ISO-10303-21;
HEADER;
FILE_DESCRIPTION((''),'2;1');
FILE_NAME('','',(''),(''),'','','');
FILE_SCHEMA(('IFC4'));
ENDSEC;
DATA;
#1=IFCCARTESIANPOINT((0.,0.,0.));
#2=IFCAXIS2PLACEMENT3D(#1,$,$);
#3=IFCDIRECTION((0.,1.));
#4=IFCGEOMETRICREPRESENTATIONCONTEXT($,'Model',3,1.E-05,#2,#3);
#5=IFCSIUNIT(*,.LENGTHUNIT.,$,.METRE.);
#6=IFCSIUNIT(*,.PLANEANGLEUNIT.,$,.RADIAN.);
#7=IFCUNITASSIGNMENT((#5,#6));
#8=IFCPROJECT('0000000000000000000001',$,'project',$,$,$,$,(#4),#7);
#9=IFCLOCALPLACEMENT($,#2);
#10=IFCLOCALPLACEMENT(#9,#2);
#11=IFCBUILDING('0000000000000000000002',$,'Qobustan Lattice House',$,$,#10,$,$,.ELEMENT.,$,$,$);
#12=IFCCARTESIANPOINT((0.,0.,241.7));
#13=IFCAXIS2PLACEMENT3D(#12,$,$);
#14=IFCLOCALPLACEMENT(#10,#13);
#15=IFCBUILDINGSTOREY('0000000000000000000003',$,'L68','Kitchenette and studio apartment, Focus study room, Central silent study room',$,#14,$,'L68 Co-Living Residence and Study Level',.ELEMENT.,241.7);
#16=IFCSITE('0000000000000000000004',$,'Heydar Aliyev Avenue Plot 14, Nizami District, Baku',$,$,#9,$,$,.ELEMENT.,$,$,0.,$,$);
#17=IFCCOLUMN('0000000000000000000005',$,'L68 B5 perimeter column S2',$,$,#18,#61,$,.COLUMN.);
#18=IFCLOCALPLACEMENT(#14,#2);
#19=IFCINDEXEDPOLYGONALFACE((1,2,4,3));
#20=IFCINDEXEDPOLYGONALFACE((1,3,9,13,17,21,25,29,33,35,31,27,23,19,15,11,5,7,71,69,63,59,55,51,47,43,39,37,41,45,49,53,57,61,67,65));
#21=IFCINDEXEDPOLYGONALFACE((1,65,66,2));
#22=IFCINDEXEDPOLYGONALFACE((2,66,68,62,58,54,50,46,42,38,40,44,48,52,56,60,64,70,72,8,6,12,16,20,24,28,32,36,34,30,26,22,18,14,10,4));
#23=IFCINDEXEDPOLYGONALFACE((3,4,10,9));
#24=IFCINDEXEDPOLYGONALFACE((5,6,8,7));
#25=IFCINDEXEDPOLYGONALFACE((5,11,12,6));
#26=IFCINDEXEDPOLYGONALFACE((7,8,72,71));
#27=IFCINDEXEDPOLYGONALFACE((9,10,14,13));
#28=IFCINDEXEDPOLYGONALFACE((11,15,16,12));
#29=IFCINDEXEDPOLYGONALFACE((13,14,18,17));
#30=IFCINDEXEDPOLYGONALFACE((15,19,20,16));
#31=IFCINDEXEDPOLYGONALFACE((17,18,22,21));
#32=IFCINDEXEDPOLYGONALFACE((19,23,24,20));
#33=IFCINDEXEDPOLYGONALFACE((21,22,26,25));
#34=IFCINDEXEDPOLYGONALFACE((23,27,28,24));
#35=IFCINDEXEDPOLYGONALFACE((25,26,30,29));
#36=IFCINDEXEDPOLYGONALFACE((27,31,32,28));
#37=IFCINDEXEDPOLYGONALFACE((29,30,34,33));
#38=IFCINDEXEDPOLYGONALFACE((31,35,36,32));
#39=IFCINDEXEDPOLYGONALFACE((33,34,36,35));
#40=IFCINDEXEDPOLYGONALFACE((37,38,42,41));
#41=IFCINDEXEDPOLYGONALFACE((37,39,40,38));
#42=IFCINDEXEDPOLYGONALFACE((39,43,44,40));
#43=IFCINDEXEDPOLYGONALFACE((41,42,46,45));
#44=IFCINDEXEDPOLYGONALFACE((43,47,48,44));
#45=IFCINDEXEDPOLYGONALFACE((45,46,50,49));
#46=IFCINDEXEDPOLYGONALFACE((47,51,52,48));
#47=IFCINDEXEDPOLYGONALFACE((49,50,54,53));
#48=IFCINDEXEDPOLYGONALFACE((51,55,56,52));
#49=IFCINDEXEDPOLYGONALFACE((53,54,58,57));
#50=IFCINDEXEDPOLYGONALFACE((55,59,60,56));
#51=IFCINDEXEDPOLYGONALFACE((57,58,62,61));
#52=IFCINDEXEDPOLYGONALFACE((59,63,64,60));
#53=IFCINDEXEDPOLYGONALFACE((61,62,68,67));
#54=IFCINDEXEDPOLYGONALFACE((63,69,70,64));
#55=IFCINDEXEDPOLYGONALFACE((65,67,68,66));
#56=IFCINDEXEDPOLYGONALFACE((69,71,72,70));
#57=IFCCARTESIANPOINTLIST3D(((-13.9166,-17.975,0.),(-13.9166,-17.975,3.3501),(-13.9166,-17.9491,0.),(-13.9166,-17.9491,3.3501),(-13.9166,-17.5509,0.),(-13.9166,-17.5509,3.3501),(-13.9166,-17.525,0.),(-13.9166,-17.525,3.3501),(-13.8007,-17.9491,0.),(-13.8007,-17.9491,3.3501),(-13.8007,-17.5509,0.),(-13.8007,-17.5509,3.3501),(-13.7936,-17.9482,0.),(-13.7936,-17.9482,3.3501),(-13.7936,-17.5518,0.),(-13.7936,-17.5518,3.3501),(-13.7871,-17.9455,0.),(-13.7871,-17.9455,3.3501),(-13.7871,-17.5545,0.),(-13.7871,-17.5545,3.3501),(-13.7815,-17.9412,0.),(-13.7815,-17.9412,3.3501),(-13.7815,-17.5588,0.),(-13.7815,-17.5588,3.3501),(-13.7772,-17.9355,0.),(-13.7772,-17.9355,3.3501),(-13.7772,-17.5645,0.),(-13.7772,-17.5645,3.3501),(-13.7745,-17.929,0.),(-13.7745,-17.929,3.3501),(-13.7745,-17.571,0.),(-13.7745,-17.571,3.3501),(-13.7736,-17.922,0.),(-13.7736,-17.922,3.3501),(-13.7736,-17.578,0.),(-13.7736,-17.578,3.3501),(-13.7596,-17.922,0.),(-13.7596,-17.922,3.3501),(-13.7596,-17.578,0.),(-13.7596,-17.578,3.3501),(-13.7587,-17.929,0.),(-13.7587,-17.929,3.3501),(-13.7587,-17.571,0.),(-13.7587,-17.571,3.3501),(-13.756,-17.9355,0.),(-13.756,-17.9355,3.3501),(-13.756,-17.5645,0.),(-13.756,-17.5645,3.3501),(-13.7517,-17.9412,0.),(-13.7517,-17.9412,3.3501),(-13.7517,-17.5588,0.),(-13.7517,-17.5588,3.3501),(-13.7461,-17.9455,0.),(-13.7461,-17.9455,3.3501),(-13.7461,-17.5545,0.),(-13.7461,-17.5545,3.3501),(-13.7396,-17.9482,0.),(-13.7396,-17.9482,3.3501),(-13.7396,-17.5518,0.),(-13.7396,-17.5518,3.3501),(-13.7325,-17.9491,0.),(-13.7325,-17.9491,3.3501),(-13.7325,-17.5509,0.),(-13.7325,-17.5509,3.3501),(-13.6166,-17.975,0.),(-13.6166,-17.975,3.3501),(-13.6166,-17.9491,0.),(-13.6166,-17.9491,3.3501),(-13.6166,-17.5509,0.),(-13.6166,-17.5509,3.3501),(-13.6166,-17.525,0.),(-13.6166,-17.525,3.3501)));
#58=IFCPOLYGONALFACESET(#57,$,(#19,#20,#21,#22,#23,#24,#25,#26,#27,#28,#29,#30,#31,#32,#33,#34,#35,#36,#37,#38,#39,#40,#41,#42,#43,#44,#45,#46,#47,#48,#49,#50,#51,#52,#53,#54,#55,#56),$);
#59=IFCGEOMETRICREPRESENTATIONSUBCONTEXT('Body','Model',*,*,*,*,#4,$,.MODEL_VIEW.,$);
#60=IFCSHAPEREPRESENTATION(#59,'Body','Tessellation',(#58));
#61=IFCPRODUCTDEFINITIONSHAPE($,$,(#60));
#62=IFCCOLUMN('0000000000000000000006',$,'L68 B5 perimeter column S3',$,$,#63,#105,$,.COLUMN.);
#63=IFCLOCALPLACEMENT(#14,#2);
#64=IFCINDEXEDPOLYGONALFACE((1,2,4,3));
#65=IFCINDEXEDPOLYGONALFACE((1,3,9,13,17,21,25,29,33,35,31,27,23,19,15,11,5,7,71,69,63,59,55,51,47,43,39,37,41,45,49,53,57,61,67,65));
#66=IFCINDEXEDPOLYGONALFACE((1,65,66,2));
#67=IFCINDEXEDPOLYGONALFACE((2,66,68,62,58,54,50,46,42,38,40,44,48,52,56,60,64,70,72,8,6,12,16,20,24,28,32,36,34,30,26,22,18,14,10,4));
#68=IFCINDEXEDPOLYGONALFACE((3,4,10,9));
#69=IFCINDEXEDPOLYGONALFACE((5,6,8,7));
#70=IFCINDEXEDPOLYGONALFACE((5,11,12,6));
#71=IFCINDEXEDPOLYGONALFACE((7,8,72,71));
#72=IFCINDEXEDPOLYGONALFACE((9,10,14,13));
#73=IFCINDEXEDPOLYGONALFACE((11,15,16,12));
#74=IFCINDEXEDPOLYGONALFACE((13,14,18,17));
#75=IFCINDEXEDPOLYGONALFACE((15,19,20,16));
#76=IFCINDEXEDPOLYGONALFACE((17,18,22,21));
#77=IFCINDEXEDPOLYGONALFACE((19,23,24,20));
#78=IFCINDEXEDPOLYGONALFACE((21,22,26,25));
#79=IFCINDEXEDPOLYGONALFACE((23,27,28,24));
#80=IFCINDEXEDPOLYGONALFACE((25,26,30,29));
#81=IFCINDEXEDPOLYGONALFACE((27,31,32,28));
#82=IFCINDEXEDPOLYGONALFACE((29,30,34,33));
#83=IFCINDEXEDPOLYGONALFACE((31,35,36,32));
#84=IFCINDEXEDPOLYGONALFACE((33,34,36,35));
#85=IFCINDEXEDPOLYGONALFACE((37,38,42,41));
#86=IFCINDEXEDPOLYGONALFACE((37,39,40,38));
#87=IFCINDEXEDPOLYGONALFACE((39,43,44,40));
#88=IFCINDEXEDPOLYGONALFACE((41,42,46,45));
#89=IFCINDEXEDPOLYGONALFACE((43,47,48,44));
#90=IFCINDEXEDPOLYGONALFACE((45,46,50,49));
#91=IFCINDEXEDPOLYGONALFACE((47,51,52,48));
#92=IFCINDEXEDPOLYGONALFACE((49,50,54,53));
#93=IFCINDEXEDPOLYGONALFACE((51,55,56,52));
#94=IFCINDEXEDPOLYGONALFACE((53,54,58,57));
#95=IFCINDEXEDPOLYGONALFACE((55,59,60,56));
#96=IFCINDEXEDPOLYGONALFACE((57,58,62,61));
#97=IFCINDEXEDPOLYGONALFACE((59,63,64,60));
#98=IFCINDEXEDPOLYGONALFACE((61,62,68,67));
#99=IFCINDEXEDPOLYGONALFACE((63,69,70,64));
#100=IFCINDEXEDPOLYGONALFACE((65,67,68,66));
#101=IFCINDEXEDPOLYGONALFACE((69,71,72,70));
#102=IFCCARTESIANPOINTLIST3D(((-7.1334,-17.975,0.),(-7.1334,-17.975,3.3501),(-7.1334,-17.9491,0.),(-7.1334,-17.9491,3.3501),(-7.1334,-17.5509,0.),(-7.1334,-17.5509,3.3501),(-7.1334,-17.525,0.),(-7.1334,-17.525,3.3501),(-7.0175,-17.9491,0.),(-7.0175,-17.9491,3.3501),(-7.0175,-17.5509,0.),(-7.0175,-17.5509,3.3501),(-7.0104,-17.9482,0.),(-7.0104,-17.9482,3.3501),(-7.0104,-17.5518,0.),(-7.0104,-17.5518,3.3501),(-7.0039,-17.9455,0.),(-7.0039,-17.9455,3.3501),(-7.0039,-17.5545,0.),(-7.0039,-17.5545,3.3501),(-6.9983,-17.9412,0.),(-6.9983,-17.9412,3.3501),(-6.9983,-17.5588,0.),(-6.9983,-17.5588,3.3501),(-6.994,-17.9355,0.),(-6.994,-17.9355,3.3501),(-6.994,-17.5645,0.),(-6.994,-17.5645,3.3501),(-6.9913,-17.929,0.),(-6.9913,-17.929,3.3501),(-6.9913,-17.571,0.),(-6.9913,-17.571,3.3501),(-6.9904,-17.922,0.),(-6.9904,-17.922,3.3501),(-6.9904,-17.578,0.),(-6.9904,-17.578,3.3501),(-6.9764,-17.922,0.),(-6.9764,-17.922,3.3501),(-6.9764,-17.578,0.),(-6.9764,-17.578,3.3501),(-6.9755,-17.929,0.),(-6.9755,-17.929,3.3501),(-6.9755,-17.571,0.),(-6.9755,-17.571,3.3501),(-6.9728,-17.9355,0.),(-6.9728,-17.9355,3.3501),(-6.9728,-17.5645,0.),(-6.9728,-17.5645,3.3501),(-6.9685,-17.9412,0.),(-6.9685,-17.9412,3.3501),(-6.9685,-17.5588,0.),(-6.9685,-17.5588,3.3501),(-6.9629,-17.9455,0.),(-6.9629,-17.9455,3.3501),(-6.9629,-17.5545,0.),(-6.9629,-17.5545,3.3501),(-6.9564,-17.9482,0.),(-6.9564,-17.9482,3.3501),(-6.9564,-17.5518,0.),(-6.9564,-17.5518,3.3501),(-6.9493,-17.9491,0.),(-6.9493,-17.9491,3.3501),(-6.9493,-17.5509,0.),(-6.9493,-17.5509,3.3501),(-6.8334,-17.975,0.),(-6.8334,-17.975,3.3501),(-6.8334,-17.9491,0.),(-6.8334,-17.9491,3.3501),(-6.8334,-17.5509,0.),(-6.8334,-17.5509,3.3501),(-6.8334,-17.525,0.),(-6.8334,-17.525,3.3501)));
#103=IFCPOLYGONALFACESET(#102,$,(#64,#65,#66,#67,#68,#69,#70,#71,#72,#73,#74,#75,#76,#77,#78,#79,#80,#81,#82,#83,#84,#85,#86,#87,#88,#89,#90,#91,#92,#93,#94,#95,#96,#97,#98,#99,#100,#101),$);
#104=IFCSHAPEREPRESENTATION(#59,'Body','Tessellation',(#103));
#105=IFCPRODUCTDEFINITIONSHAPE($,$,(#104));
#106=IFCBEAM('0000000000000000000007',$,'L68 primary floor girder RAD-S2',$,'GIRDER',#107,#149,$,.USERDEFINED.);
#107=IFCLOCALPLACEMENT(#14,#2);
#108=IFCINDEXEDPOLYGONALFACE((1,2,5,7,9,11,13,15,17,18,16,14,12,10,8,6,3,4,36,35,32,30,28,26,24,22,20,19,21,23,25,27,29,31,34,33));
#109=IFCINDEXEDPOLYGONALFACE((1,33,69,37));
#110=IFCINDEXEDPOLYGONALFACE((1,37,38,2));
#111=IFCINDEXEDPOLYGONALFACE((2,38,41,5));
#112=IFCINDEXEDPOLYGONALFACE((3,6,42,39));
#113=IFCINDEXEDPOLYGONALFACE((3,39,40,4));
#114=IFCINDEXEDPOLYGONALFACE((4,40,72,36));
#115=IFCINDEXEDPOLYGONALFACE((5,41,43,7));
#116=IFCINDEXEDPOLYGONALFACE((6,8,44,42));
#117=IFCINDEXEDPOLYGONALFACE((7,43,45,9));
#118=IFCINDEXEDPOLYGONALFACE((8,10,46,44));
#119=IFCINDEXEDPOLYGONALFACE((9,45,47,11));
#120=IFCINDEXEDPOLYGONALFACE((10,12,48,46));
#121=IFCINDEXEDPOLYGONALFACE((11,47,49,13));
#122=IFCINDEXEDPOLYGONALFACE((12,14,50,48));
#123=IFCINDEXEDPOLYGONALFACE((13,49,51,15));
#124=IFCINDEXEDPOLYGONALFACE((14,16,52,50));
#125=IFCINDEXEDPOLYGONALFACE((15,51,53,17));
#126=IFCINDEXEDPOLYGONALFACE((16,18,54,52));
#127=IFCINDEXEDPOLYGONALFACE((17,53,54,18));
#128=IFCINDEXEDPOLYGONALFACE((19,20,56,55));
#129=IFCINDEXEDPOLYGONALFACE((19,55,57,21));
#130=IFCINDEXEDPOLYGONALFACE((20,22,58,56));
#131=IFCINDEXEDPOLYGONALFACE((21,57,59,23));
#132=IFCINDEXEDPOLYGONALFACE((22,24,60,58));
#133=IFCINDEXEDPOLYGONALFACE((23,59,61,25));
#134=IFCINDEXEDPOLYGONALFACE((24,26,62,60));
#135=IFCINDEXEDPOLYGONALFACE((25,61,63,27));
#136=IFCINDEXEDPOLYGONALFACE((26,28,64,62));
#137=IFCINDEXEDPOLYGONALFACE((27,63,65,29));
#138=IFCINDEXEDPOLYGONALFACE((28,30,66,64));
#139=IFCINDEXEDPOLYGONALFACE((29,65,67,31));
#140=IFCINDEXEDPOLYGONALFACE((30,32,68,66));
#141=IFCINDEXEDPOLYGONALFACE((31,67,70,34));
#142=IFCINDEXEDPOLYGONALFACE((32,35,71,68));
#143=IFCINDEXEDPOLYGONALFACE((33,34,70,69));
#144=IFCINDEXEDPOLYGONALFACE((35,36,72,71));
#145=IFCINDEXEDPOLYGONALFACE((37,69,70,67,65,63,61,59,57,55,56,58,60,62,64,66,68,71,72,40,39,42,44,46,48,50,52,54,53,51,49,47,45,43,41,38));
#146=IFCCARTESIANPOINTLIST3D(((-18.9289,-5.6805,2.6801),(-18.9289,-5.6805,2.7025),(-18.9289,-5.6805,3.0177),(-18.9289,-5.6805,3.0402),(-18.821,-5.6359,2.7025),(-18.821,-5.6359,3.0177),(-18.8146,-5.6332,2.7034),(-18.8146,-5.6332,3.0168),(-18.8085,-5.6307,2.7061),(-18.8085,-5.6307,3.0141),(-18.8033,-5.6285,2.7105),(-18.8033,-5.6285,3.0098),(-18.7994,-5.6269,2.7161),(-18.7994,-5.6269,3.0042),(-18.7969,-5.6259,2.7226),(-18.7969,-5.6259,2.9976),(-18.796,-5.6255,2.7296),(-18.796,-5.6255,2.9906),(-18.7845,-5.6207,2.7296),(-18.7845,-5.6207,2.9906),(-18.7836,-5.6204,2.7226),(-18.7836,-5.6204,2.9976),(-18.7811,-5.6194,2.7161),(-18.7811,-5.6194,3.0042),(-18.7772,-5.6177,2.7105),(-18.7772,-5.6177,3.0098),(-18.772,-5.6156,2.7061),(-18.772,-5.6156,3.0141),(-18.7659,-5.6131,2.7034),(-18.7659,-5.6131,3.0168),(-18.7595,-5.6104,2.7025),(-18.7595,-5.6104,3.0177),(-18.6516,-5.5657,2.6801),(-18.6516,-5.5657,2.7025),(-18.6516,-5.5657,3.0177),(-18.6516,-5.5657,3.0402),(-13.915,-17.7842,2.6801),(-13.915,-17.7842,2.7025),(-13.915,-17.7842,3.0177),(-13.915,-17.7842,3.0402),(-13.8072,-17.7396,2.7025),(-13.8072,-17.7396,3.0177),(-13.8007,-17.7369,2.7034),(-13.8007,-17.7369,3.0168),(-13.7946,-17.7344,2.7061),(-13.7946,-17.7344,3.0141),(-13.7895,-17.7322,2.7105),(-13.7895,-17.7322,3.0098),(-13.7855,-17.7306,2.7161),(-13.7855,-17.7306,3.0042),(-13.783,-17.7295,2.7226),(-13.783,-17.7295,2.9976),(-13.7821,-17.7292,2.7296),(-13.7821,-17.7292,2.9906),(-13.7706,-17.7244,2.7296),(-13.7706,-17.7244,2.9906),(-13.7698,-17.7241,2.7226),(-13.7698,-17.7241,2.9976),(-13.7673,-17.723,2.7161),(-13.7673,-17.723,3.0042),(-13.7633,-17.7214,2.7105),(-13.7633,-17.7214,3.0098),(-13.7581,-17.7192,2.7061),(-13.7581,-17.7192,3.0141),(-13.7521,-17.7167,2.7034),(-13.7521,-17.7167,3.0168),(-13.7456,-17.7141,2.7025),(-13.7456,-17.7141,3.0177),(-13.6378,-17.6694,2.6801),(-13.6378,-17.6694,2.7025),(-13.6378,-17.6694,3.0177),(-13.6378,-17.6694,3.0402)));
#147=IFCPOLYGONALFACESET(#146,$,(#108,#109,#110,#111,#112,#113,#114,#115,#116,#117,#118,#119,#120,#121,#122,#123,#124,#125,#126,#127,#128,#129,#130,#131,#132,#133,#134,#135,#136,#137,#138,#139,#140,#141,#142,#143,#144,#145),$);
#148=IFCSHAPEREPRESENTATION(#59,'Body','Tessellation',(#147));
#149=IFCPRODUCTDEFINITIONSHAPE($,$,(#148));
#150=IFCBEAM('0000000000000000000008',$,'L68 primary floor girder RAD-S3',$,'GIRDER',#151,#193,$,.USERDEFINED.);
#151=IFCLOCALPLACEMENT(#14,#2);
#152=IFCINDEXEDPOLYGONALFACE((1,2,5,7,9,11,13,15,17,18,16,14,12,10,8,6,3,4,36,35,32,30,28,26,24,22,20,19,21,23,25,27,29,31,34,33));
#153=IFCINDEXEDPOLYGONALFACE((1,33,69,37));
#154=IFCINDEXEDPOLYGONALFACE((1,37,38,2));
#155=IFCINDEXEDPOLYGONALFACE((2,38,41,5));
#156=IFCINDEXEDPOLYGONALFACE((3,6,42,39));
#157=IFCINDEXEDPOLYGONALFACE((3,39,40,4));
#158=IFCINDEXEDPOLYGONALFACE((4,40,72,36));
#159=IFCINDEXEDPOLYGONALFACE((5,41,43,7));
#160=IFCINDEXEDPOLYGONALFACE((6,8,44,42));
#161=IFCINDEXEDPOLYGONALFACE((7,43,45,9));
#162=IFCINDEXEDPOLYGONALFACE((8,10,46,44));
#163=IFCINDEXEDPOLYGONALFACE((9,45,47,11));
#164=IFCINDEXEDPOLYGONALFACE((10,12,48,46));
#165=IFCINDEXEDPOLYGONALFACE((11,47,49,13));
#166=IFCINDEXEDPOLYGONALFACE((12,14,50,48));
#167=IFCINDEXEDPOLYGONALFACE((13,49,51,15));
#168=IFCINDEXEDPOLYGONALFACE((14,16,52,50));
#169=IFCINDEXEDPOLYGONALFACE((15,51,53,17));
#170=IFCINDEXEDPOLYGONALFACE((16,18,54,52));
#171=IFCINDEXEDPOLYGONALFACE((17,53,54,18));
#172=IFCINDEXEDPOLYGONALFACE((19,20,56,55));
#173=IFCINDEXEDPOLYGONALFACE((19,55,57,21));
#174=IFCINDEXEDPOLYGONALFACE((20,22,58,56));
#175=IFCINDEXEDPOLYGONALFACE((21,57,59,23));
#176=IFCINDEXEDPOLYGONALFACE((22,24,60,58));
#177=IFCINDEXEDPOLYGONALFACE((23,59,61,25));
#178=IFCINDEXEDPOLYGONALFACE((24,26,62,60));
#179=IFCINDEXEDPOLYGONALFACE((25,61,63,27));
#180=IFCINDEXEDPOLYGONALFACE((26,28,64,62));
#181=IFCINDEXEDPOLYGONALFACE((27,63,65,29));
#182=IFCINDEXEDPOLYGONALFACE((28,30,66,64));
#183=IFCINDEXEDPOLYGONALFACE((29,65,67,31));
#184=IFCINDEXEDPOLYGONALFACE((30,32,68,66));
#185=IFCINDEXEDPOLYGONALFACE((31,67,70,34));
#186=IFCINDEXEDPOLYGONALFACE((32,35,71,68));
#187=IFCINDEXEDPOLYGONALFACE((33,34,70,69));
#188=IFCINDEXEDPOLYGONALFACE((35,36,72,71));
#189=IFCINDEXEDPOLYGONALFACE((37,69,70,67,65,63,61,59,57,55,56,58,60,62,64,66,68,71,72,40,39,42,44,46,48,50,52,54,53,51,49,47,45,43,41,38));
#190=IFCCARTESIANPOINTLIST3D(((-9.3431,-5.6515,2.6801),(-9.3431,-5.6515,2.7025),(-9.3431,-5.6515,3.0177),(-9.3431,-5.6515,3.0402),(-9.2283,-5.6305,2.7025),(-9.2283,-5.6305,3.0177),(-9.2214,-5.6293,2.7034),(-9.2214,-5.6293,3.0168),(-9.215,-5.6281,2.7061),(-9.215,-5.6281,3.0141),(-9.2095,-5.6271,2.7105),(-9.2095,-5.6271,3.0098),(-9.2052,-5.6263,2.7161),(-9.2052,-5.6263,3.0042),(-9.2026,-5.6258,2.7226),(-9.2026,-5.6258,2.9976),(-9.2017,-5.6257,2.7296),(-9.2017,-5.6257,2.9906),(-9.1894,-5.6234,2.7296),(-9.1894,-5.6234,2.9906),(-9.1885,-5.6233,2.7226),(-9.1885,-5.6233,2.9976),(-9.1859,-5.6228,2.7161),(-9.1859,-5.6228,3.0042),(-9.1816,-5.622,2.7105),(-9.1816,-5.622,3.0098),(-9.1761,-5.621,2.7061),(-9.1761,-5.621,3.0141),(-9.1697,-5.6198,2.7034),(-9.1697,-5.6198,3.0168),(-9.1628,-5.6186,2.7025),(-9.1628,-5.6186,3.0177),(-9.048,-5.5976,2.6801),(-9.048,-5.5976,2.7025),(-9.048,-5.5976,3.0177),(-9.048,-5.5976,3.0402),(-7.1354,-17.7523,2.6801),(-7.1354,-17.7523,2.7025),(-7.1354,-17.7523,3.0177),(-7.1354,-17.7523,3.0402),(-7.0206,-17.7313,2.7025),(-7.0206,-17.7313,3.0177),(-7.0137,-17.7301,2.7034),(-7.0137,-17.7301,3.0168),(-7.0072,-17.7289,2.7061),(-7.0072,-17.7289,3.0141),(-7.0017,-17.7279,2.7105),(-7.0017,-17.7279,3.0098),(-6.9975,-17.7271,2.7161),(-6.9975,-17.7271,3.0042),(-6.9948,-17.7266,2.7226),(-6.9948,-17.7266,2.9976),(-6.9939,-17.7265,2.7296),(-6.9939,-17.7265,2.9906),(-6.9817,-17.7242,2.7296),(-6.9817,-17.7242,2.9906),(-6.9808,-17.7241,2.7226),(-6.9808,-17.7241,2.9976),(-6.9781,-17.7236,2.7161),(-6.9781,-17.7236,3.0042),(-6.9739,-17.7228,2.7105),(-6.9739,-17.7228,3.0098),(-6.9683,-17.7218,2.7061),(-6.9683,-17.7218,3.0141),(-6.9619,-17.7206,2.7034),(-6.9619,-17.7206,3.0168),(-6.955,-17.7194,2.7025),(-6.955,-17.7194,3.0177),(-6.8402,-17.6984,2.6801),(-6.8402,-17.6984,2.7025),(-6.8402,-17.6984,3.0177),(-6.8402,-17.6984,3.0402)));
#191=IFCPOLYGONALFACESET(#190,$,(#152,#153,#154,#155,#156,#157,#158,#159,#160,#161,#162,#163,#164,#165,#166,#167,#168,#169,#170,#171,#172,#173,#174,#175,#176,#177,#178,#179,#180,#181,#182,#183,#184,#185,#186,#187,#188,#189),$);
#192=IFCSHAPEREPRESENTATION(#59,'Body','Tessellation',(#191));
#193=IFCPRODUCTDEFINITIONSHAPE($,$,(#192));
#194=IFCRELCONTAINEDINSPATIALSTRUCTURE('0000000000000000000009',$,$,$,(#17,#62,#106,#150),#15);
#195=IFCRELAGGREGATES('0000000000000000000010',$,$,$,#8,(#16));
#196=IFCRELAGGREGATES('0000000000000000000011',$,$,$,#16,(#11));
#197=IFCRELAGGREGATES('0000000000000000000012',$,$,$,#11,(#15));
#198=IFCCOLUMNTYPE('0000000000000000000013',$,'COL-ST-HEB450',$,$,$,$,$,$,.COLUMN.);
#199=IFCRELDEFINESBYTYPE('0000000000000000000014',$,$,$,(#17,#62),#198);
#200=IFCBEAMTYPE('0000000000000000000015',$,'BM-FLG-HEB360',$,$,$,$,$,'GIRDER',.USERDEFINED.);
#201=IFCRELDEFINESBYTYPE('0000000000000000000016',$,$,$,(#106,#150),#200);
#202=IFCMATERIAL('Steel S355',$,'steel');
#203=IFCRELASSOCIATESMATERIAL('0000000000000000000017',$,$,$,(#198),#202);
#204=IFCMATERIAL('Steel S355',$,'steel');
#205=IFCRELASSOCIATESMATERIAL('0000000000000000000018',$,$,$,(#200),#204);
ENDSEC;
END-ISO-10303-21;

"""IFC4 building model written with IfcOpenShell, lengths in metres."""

from ifc_helpers import new_model, si_unit, direction, frame, origin, origin_2d, place, context, subcontext, project, spatial, i_section, extrude, material, material_profile, profile_set, type_object, element, save


model = new_model("IFC4")

# Units and contexts
model_context = context("Model", 3, precision=1e-05, world=origin(), true_north=direction((0.0, 1.0)))
body_context = subcontext(model_context, "Body", "Model", "MODEL_VIEW")
ifc_project = project(units=[si_unit("LENGTHUNIT", "METRE"), si_unit("PLANEANGLEUNIT", "RADIAN")], contexts=[model_context])

# Site, building, storey
site_placement = place(None, origin())
site = spatial("IfcSite", under=ifc_project, at=site_placement, Name="Heydar Aliyev Avenue Plot 14, Nizami District, Baku", CompositionType="ELEMENT", RefElevation=0.0)
building_placement = place(site_placement, origin())
building = spatial("IfcBuilding", under=site, at=building_placement, Name="Qobustan Lattice House", CompositionType="ELEMENT")
storey_placement = place(building_placement, frame((0.0, 0.0, 241.7)))
storey = spatial("IfcBuildingStorey", under=building, at=storey_placement, Name="L68", Description="Kitchenette and studio apartment, Focus study room, Central silent study room", LongName="L68 Co-Living Residence and Study Level", CompositionType="ELEMENT", Elevation=241.7)

# Columns
ifc_material_1 = material(Name="Steel S355", Category="steel")
ifc_material_profile_1 = material_profile(ifc_material_1, i_section(OverallWidth=0.3, OverallDepth=0.45, WebThickness=0.0139, FlangeThickness=0.0259, FilletRadius=0.0271, at=origin_2d()), Name="HEB450")
ifc_profile_set_1 = profile_set([ifc_material_profile_1], Name="Steel S355")
column_type = type_object("IfcColumnType", Name="COL-ST-HEB450", PredefinedType="COLUMN", material=ifc_profile_set_1)
for number, where, z_axis, x_axis, name in (
    (1, (-13.7666, -17.75, 0.0), (0.0, 0.0, 1.0), (1.0, 0.0, 0.0), "L68 B5 perimeter column S2"),
    (2, (-6.9834, -17.75, 0.0), (0.0, 0.0, 1.0), (1.0, 0.0, 0.0), "L68 B5 perimeter column S3"),
):
    element("IfcColumn", number, at=place(storey_placement, frame(where, z_axis=z_axis, x_axis=x_axis)), inside=storey, type_object=column_type, Name=name, PredefinedType="COLUMN", context=body_context, shape_type="SweptSolid", body=[
        extrude(i_section(OverallWidth=0.3, OverallDepth=0.45, WebThickness=0.0139, FlangeThickness=0.0259, FilletRadius=0.0271, at=origin_2d()), origin(), (0.0, 0.0, 1.0), 3.3501),
    ])

# Beams
ifc_material_2 = material(Name="Steel S355", Category="steel")
ifc_material_profile_2 = material_profile(ifc_material_2, i_section(OverallWidth=0.3, OverallDepth=0.3601, WebThickness=0.0125, FlangeThickness=0.0225, FilletRadius=0.0271, at=origin_2d()), Name="HEB360")
ifc_profile_set_2 = profile_set([ifc_material_profile_2], Name="Steel S355")
beam_type_1 = type_object("IfcBeamType", Name="BM-FLG-HEB360", ElementType="GIRDER", PredefinedType="USERDEFINED", material=ifc_profile_set_2)
beam_1_placement = place(storey_placement, frame((-13.7764, -17.7268, 2.8601), z_axis=(-0.382708, 0.923869, 0.0), x_axis=(-0.923869, -0.382708, 0.0)))
element("IfcBeam", 3, at=beam_1_placement, inside=storey, type_object=beam_type_1, Name="L68 primary floor girder RAD-S2", ObjectType="GIRDER", PredefinedType="USERDEFINED", context=body_context, shape_type="SweptSolid", body=[
    extrude(i_section(OverallWidth=0.3, OverallDepth=0.3601, WebThickness=0.0125, FlangeThickness=0.0225, FilletRadius=0.0271, at=origin_2d()), origin(), (0.0, 0.0, 1.0), 13.1011),
])
beam_2_placement = place(storey_placement, frame((-6.9878, -17.7253, 2.8601), z_axis=(-0.179484, 0.983761, 0.0), x_axis=(-0.983761, -0.179484, 0.0)))
element("IfcBeam", 4, at=beam_2_placement, inside=storey, type_object=beam_type_1, Name="L68 primary floor girder RAD-S3", ObjectType="GIRDER", PredefinedType="USERDEFINED", context=body_context, shape_type="SweptSolid", body=[
    extrude(i_section(OverallWidth=0.3, OverallDepth=0.3601, WebThickness=0.0125, FlangeThickness=0.0225, FilletRadius=0.0271, at=origin_2d()), origin(), (0.0, 0.0, 1.0), 12.3005),
])

save(model, "model.ifc")
